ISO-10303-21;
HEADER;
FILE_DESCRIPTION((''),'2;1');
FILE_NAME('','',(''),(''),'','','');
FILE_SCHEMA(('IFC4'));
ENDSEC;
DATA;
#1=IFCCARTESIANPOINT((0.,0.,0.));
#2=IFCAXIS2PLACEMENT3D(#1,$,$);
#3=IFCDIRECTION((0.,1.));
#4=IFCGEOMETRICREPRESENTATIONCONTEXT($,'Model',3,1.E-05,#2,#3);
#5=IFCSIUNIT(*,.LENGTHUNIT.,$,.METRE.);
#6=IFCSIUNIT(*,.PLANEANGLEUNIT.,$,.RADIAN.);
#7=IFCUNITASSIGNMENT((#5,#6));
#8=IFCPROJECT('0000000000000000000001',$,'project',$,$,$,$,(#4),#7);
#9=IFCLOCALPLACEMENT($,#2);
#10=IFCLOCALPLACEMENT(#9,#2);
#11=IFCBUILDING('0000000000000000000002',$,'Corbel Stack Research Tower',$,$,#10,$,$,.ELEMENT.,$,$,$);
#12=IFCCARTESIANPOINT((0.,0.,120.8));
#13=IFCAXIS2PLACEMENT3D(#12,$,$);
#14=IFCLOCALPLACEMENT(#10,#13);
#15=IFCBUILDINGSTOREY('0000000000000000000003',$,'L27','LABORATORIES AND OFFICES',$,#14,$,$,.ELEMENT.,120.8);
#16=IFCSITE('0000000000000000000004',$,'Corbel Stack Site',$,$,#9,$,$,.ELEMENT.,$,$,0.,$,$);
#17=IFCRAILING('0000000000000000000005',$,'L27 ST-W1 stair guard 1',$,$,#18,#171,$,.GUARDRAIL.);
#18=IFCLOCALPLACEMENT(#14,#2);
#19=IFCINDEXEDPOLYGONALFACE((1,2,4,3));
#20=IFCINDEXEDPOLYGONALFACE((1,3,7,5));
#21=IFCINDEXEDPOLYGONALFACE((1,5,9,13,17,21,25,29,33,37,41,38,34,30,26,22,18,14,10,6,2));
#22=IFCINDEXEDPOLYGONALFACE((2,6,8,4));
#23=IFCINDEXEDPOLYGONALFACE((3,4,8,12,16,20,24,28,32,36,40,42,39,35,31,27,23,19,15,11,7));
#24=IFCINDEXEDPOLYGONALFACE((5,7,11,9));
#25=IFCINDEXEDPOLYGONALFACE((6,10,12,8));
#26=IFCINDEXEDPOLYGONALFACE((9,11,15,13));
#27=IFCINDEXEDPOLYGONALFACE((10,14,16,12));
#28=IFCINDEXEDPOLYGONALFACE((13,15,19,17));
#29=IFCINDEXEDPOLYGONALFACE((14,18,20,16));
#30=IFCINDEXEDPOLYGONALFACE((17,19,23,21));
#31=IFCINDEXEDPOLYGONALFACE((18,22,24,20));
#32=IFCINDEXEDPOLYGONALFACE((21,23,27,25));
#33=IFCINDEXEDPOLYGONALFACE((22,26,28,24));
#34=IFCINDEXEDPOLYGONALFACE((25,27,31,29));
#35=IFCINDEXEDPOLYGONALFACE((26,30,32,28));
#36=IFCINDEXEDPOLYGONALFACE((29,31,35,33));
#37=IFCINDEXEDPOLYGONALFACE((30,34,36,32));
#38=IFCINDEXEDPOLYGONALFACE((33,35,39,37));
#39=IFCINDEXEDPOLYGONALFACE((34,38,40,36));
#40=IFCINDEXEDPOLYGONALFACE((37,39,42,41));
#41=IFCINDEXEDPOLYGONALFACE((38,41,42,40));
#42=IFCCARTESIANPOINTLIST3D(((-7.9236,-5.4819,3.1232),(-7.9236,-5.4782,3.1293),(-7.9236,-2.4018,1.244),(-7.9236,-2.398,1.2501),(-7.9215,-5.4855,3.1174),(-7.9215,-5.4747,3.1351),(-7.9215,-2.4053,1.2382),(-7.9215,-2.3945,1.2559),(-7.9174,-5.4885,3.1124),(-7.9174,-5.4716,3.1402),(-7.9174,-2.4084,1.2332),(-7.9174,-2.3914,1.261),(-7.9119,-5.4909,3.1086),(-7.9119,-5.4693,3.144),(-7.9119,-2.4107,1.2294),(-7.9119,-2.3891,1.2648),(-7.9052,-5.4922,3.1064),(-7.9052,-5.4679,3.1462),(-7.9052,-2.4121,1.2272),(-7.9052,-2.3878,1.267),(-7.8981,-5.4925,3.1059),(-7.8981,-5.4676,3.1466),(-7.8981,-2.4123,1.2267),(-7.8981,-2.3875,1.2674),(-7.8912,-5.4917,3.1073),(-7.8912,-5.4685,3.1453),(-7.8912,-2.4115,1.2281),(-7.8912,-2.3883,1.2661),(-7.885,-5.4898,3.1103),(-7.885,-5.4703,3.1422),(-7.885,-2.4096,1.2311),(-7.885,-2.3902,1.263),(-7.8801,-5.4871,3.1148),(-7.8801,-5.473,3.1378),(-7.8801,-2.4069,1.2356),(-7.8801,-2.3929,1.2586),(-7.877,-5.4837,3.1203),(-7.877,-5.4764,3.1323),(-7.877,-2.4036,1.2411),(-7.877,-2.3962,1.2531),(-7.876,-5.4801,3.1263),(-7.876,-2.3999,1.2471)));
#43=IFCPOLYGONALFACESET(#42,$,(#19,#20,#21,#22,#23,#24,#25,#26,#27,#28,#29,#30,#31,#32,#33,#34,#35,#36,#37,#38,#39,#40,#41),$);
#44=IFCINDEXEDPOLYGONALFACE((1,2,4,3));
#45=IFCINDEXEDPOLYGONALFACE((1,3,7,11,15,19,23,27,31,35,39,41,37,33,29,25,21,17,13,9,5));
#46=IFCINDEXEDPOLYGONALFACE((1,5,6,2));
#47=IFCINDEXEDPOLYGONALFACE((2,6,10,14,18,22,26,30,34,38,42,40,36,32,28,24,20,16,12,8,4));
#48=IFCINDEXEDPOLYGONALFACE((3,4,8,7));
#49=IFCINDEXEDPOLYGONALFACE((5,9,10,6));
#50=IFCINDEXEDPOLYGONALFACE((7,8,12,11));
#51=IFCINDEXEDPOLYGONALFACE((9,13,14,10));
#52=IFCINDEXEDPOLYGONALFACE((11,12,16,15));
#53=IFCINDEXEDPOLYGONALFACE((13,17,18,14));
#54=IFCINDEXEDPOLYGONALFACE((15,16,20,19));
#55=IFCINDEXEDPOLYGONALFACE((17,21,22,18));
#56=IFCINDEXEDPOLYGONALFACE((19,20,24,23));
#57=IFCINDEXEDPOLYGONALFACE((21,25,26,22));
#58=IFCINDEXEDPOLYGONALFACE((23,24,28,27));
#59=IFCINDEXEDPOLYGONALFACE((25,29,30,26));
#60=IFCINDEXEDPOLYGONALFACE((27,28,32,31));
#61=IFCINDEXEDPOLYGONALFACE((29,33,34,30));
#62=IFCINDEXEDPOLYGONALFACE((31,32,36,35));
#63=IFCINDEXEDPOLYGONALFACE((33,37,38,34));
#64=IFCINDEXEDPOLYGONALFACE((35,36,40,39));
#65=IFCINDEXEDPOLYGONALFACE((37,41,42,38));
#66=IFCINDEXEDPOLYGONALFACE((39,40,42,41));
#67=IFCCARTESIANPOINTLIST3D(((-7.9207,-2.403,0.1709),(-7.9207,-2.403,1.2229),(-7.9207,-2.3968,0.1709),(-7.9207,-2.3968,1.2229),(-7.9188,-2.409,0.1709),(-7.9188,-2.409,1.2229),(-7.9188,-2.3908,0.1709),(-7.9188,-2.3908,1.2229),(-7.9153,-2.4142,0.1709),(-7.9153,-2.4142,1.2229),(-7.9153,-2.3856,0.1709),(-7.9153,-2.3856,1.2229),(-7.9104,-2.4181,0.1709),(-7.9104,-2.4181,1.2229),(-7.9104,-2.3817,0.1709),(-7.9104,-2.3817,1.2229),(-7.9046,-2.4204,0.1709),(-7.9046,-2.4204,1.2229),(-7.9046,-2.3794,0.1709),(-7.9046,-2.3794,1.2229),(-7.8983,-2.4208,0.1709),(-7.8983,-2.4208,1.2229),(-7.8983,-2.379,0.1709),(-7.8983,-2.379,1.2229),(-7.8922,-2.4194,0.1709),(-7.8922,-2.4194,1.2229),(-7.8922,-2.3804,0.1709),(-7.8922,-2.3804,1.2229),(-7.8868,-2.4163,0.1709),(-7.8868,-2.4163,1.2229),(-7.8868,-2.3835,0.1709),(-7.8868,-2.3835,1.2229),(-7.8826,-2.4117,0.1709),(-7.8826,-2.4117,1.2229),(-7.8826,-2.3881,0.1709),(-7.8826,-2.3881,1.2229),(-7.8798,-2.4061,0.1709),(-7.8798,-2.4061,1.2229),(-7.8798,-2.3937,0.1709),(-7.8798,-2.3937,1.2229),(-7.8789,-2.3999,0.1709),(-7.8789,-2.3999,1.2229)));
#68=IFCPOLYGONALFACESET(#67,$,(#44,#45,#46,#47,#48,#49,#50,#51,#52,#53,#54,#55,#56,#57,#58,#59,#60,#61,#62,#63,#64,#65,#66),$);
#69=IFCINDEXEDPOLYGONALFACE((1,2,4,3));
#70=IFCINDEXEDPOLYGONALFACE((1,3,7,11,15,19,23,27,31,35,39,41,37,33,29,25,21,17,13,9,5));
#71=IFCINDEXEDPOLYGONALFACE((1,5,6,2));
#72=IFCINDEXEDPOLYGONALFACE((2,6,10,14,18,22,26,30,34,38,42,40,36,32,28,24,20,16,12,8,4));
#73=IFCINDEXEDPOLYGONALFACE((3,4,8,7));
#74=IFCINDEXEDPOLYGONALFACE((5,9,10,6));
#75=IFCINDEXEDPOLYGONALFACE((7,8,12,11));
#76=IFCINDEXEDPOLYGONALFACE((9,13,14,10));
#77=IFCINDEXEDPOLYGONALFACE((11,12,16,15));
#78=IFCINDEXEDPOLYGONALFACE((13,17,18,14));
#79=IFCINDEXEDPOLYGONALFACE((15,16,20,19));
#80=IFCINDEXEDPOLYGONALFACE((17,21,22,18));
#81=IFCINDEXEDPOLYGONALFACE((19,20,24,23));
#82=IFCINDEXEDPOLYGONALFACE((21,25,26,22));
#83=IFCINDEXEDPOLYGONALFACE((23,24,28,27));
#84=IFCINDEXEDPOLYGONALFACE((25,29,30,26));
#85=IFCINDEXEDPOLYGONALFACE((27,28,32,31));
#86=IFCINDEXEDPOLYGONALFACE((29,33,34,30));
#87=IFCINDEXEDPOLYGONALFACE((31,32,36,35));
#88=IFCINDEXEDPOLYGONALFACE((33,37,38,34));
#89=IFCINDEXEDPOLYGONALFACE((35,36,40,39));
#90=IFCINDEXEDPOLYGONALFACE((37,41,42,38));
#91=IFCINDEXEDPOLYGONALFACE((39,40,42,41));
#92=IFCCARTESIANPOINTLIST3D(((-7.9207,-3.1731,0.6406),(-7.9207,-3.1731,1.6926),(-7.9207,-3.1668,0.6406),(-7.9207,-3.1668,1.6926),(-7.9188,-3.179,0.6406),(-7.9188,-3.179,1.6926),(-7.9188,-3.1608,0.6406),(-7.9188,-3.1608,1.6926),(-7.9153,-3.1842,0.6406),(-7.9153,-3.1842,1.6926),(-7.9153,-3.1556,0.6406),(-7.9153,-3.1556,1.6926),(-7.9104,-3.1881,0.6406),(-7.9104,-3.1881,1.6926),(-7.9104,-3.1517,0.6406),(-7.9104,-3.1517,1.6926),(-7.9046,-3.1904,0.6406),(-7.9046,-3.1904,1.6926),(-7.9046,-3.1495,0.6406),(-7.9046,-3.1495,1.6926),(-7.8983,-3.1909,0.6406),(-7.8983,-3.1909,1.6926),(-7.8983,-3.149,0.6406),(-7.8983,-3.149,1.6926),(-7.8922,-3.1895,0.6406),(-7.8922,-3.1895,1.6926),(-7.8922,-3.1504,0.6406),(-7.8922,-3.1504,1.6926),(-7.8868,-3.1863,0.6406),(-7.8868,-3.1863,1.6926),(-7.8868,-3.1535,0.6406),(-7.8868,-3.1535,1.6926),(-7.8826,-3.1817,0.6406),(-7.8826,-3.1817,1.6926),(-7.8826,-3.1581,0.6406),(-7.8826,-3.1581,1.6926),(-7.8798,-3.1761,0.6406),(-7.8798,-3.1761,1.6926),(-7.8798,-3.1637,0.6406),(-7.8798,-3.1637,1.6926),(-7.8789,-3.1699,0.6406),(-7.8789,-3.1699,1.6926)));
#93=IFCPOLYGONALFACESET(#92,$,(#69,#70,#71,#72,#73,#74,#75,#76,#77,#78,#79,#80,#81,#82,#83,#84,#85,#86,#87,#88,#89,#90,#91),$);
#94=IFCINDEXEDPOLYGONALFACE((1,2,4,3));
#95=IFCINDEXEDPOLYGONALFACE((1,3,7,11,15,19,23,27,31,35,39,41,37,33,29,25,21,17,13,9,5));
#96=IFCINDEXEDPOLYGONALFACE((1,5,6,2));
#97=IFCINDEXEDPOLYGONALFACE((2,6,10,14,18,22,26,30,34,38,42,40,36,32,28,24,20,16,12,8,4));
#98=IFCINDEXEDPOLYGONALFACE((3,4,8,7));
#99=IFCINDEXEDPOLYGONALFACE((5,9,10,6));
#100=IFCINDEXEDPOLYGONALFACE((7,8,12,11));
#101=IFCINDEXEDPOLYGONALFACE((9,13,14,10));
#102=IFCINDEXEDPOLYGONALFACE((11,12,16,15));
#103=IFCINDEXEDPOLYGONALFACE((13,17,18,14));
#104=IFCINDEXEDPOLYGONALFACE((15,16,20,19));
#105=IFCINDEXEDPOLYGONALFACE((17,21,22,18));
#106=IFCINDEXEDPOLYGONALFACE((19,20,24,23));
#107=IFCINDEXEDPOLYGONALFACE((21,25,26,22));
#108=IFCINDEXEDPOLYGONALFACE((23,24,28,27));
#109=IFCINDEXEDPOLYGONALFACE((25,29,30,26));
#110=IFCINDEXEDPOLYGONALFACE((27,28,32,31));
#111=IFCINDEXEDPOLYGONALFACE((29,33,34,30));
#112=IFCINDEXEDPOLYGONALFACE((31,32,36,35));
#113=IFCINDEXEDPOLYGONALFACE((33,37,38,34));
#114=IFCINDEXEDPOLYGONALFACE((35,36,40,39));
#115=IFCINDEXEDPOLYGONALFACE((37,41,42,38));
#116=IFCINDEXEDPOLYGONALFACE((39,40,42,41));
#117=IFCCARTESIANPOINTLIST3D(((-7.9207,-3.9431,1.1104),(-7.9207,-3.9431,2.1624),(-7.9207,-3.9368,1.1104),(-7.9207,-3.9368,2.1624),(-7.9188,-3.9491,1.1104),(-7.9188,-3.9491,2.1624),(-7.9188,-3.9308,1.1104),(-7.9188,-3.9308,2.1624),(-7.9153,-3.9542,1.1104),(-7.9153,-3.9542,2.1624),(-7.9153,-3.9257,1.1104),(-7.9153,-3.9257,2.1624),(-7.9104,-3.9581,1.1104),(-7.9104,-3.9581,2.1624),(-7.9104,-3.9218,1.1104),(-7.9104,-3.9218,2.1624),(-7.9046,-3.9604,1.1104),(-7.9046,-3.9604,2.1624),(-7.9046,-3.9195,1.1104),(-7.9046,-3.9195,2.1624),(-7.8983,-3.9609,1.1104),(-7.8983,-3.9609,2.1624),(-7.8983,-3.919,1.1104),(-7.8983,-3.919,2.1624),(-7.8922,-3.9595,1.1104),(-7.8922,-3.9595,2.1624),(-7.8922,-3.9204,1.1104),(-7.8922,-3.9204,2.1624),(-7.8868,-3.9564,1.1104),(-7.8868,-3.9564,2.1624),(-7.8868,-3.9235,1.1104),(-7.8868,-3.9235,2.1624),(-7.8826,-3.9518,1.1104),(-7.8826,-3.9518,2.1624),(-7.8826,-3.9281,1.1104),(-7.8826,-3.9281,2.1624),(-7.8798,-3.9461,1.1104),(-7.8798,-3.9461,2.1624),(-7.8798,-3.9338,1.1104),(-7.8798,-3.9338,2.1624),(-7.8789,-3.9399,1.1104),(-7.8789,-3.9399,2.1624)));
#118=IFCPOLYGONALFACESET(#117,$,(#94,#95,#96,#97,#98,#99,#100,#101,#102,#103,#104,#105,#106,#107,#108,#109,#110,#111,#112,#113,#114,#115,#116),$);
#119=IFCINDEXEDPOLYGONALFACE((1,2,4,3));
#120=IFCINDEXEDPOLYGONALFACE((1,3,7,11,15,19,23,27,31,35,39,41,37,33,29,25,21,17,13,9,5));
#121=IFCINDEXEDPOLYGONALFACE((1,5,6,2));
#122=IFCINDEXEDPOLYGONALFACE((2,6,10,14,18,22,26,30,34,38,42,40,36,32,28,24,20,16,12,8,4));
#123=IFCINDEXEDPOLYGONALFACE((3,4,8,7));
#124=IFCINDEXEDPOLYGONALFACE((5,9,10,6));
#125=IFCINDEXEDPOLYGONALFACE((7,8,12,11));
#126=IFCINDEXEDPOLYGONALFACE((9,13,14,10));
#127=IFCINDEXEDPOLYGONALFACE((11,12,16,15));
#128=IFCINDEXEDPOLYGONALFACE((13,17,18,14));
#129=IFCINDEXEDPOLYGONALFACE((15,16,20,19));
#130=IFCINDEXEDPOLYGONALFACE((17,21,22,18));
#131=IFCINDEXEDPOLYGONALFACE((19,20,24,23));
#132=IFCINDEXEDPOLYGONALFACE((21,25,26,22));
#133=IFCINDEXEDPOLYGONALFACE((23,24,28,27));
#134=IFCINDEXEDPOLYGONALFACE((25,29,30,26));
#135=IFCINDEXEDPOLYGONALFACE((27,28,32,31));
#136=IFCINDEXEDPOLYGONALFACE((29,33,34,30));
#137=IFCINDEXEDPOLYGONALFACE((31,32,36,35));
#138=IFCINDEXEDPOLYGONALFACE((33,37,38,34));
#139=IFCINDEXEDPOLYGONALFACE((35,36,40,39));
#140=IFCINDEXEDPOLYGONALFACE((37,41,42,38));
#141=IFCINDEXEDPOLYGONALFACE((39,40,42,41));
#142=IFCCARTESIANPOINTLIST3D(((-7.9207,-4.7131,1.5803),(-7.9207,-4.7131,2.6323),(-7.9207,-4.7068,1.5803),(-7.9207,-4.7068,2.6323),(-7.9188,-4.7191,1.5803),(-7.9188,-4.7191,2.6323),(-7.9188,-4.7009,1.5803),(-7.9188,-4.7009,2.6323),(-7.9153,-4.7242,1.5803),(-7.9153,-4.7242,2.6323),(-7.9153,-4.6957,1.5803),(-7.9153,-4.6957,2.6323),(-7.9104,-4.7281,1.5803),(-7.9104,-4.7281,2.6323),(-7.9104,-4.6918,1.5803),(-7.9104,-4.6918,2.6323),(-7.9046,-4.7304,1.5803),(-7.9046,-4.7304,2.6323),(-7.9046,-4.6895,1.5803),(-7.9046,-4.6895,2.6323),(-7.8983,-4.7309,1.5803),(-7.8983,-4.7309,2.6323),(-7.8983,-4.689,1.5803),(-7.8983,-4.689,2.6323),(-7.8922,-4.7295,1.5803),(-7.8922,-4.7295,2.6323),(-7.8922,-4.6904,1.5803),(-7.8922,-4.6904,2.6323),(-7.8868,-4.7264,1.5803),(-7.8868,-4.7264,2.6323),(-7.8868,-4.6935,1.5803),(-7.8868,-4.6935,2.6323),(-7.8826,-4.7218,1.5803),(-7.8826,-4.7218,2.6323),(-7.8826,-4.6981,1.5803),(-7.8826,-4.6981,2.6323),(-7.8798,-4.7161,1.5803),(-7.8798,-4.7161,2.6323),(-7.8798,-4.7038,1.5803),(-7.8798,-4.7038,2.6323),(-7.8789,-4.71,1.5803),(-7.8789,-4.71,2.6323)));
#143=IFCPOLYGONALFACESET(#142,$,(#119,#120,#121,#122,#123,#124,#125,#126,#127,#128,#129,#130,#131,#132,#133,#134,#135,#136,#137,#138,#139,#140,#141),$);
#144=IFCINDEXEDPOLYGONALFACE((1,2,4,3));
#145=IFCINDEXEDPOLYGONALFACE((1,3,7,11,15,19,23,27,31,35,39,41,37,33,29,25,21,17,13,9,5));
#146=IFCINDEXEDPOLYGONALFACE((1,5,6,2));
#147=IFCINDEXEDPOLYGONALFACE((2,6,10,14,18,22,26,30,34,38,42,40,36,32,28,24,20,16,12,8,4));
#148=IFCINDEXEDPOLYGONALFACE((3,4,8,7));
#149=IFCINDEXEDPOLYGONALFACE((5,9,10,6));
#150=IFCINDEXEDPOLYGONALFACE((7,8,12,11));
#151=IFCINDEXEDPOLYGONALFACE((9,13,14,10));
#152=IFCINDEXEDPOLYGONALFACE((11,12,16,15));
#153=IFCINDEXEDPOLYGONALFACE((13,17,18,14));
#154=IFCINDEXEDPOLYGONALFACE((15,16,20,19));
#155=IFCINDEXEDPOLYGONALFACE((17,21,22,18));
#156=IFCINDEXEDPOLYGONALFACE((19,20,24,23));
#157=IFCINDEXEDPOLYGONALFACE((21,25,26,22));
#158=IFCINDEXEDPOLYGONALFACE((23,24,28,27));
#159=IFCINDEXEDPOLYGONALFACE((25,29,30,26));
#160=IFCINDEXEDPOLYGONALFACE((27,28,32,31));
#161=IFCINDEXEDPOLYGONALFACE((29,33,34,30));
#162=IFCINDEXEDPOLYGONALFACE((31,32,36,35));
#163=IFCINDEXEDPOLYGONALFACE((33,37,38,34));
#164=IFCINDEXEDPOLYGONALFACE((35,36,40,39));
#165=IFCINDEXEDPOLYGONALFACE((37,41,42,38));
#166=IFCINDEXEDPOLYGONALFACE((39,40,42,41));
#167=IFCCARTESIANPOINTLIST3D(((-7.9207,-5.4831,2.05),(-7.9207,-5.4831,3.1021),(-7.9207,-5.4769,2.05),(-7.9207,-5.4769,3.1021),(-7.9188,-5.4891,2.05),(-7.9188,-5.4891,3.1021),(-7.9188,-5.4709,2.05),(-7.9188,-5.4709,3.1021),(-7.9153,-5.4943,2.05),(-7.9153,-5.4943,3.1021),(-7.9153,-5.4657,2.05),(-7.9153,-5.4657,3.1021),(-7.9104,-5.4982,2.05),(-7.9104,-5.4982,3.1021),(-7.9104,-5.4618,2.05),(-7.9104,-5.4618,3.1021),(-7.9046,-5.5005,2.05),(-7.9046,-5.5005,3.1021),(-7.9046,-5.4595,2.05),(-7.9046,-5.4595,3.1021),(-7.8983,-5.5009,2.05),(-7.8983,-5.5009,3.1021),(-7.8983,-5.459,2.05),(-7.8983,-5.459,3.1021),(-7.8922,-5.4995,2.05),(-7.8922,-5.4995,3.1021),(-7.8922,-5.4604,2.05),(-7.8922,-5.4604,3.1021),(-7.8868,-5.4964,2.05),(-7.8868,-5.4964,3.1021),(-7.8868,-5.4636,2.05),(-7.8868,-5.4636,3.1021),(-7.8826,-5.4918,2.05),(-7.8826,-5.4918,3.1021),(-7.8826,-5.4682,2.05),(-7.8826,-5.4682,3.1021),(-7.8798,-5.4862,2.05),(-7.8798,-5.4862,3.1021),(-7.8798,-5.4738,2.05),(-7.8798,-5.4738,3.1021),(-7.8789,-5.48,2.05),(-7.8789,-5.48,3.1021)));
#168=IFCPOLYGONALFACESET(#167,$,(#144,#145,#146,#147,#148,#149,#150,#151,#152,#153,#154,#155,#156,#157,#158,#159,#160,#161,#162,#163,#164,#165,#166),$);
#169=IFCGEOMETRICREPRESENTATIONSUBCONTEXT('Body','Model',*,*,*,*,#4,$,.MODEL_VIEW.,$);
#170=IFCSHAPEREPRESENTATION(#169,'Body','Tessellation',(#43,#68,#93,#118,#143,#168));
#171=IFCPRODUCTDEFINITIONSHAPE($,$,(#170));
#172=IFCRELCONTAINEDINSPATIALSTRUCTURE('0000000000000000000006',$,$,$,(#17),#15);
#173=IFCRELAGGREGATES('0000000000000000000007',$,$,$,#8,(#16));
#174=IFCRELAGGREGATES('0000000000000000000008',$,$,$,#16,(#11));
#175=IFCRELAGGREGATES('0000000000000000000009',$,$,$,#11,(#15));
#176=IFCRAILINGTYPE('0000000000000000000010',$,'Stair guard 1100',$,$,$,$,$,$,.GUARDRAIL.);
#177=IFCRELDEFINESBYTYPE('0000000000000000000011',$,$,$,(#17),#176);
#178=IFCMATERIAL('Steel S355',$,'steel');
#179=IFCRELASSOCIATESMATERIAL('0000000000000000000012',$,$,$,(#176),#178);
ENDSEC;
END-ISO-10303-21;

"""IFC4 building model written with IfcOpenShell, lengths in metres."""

from ifc_helpers import new_model, si_unit, direction, frame, origin, origin_2d, place, context, subcontext, project, spatial, circle, extrude, material, type_object, element, save


model = new_model("IFC4")

# Units and contexts
model_context = context("Model", 3, precision=1e-05, world=origin(), true_north=direction((0.0, 1.0)))
body_context = subcontext(model_context, "Body", "Model", "MODEL_VIEW")
ifc_project = project(units=[si_unit("LENGTHUNIT", "METRE"), si_unit("PLANEANGLEUNIT", "RADIAN")], contexts=[model_context])

# Site, building, storey
site_placement = place(None, origin())
site = spatial("IfcSite", under=ifc_project, at=site_placement, Name="Corbel Stack Site", CompositionType="ELEMENT", RefElevation=0.0)
building_placement = place(site_placement, origin())
building = spatial("IfcBuilding", under=site, at=building_placement, Name="Corbel Stack Research Tower", CompositionType="ELEMENT")
storey_placement = place(building_placement, frame((0.0, 0.0, 120.8)))
storey = spatial("IfcBuildingStorey", under=building, at=storey_placement, Name="L27", Description="LABORATORIES AND OFFICES", CompositionType="ELEMENT", Elevation=120.8)

# Railing
ifc_material_1 = material(Name="Steel S355", Category="steel")
railing_type_1 = type_object("IfcRailingType", Name="Stair guard 1100", PredefinedType="GUARDRAIL", material=ifc_material_1)
railing_1_placement = place(storey_placement, frame((-7.8999, -2.3999, 0.1709)))
element("IfcRailing", 1, at=railing_1_placement, inside=storey, type_object=railing_type_1, Name="L27 ST-W1 stair guard 1", PredefinedType="GUARDRAIL", context=body_context, shape_type="SweptSolid", body=[
    extrude(circle(Radius=0.0239, at=origin_2d()), frame((0.0, 0.0, 1.0762), z_axis=(0.0, -0.853666, 0.52082), x_axis=(1.0, 0.0, 0.0)), (0.0, 0.0, 1.0), 3.6082),
    extrude(circle(Radius=0.021, at=origin_2d()), origin(), (0.0, 0.0, 1.0), 1.052),
    extrude(circle(Radius=0.021, at=origin_2d()), frame((0.0, -0.77, 0.4697)), (0.0, 0.0, 1.0), 1.052),
    extrude(circle(Radius=0.021, at=origin_2d()), frame((0.0, -1.54, 0.9395)), (0.0, 0.0, 1.0), 1.052),
    extrude(circle(Radius=0.021, at=origin_2d()), frame((0.0, -2.3101, 1.4094)), (0.0, 0.0, 1.0), 1.052),
    extrude(circle(Radius=0.021, at=origin_2d()), frame((0.0, -3.0801, 1.8792)), (0.0, 0.0, 1.0), 1.052),
])

save(model, "model.ifc")
